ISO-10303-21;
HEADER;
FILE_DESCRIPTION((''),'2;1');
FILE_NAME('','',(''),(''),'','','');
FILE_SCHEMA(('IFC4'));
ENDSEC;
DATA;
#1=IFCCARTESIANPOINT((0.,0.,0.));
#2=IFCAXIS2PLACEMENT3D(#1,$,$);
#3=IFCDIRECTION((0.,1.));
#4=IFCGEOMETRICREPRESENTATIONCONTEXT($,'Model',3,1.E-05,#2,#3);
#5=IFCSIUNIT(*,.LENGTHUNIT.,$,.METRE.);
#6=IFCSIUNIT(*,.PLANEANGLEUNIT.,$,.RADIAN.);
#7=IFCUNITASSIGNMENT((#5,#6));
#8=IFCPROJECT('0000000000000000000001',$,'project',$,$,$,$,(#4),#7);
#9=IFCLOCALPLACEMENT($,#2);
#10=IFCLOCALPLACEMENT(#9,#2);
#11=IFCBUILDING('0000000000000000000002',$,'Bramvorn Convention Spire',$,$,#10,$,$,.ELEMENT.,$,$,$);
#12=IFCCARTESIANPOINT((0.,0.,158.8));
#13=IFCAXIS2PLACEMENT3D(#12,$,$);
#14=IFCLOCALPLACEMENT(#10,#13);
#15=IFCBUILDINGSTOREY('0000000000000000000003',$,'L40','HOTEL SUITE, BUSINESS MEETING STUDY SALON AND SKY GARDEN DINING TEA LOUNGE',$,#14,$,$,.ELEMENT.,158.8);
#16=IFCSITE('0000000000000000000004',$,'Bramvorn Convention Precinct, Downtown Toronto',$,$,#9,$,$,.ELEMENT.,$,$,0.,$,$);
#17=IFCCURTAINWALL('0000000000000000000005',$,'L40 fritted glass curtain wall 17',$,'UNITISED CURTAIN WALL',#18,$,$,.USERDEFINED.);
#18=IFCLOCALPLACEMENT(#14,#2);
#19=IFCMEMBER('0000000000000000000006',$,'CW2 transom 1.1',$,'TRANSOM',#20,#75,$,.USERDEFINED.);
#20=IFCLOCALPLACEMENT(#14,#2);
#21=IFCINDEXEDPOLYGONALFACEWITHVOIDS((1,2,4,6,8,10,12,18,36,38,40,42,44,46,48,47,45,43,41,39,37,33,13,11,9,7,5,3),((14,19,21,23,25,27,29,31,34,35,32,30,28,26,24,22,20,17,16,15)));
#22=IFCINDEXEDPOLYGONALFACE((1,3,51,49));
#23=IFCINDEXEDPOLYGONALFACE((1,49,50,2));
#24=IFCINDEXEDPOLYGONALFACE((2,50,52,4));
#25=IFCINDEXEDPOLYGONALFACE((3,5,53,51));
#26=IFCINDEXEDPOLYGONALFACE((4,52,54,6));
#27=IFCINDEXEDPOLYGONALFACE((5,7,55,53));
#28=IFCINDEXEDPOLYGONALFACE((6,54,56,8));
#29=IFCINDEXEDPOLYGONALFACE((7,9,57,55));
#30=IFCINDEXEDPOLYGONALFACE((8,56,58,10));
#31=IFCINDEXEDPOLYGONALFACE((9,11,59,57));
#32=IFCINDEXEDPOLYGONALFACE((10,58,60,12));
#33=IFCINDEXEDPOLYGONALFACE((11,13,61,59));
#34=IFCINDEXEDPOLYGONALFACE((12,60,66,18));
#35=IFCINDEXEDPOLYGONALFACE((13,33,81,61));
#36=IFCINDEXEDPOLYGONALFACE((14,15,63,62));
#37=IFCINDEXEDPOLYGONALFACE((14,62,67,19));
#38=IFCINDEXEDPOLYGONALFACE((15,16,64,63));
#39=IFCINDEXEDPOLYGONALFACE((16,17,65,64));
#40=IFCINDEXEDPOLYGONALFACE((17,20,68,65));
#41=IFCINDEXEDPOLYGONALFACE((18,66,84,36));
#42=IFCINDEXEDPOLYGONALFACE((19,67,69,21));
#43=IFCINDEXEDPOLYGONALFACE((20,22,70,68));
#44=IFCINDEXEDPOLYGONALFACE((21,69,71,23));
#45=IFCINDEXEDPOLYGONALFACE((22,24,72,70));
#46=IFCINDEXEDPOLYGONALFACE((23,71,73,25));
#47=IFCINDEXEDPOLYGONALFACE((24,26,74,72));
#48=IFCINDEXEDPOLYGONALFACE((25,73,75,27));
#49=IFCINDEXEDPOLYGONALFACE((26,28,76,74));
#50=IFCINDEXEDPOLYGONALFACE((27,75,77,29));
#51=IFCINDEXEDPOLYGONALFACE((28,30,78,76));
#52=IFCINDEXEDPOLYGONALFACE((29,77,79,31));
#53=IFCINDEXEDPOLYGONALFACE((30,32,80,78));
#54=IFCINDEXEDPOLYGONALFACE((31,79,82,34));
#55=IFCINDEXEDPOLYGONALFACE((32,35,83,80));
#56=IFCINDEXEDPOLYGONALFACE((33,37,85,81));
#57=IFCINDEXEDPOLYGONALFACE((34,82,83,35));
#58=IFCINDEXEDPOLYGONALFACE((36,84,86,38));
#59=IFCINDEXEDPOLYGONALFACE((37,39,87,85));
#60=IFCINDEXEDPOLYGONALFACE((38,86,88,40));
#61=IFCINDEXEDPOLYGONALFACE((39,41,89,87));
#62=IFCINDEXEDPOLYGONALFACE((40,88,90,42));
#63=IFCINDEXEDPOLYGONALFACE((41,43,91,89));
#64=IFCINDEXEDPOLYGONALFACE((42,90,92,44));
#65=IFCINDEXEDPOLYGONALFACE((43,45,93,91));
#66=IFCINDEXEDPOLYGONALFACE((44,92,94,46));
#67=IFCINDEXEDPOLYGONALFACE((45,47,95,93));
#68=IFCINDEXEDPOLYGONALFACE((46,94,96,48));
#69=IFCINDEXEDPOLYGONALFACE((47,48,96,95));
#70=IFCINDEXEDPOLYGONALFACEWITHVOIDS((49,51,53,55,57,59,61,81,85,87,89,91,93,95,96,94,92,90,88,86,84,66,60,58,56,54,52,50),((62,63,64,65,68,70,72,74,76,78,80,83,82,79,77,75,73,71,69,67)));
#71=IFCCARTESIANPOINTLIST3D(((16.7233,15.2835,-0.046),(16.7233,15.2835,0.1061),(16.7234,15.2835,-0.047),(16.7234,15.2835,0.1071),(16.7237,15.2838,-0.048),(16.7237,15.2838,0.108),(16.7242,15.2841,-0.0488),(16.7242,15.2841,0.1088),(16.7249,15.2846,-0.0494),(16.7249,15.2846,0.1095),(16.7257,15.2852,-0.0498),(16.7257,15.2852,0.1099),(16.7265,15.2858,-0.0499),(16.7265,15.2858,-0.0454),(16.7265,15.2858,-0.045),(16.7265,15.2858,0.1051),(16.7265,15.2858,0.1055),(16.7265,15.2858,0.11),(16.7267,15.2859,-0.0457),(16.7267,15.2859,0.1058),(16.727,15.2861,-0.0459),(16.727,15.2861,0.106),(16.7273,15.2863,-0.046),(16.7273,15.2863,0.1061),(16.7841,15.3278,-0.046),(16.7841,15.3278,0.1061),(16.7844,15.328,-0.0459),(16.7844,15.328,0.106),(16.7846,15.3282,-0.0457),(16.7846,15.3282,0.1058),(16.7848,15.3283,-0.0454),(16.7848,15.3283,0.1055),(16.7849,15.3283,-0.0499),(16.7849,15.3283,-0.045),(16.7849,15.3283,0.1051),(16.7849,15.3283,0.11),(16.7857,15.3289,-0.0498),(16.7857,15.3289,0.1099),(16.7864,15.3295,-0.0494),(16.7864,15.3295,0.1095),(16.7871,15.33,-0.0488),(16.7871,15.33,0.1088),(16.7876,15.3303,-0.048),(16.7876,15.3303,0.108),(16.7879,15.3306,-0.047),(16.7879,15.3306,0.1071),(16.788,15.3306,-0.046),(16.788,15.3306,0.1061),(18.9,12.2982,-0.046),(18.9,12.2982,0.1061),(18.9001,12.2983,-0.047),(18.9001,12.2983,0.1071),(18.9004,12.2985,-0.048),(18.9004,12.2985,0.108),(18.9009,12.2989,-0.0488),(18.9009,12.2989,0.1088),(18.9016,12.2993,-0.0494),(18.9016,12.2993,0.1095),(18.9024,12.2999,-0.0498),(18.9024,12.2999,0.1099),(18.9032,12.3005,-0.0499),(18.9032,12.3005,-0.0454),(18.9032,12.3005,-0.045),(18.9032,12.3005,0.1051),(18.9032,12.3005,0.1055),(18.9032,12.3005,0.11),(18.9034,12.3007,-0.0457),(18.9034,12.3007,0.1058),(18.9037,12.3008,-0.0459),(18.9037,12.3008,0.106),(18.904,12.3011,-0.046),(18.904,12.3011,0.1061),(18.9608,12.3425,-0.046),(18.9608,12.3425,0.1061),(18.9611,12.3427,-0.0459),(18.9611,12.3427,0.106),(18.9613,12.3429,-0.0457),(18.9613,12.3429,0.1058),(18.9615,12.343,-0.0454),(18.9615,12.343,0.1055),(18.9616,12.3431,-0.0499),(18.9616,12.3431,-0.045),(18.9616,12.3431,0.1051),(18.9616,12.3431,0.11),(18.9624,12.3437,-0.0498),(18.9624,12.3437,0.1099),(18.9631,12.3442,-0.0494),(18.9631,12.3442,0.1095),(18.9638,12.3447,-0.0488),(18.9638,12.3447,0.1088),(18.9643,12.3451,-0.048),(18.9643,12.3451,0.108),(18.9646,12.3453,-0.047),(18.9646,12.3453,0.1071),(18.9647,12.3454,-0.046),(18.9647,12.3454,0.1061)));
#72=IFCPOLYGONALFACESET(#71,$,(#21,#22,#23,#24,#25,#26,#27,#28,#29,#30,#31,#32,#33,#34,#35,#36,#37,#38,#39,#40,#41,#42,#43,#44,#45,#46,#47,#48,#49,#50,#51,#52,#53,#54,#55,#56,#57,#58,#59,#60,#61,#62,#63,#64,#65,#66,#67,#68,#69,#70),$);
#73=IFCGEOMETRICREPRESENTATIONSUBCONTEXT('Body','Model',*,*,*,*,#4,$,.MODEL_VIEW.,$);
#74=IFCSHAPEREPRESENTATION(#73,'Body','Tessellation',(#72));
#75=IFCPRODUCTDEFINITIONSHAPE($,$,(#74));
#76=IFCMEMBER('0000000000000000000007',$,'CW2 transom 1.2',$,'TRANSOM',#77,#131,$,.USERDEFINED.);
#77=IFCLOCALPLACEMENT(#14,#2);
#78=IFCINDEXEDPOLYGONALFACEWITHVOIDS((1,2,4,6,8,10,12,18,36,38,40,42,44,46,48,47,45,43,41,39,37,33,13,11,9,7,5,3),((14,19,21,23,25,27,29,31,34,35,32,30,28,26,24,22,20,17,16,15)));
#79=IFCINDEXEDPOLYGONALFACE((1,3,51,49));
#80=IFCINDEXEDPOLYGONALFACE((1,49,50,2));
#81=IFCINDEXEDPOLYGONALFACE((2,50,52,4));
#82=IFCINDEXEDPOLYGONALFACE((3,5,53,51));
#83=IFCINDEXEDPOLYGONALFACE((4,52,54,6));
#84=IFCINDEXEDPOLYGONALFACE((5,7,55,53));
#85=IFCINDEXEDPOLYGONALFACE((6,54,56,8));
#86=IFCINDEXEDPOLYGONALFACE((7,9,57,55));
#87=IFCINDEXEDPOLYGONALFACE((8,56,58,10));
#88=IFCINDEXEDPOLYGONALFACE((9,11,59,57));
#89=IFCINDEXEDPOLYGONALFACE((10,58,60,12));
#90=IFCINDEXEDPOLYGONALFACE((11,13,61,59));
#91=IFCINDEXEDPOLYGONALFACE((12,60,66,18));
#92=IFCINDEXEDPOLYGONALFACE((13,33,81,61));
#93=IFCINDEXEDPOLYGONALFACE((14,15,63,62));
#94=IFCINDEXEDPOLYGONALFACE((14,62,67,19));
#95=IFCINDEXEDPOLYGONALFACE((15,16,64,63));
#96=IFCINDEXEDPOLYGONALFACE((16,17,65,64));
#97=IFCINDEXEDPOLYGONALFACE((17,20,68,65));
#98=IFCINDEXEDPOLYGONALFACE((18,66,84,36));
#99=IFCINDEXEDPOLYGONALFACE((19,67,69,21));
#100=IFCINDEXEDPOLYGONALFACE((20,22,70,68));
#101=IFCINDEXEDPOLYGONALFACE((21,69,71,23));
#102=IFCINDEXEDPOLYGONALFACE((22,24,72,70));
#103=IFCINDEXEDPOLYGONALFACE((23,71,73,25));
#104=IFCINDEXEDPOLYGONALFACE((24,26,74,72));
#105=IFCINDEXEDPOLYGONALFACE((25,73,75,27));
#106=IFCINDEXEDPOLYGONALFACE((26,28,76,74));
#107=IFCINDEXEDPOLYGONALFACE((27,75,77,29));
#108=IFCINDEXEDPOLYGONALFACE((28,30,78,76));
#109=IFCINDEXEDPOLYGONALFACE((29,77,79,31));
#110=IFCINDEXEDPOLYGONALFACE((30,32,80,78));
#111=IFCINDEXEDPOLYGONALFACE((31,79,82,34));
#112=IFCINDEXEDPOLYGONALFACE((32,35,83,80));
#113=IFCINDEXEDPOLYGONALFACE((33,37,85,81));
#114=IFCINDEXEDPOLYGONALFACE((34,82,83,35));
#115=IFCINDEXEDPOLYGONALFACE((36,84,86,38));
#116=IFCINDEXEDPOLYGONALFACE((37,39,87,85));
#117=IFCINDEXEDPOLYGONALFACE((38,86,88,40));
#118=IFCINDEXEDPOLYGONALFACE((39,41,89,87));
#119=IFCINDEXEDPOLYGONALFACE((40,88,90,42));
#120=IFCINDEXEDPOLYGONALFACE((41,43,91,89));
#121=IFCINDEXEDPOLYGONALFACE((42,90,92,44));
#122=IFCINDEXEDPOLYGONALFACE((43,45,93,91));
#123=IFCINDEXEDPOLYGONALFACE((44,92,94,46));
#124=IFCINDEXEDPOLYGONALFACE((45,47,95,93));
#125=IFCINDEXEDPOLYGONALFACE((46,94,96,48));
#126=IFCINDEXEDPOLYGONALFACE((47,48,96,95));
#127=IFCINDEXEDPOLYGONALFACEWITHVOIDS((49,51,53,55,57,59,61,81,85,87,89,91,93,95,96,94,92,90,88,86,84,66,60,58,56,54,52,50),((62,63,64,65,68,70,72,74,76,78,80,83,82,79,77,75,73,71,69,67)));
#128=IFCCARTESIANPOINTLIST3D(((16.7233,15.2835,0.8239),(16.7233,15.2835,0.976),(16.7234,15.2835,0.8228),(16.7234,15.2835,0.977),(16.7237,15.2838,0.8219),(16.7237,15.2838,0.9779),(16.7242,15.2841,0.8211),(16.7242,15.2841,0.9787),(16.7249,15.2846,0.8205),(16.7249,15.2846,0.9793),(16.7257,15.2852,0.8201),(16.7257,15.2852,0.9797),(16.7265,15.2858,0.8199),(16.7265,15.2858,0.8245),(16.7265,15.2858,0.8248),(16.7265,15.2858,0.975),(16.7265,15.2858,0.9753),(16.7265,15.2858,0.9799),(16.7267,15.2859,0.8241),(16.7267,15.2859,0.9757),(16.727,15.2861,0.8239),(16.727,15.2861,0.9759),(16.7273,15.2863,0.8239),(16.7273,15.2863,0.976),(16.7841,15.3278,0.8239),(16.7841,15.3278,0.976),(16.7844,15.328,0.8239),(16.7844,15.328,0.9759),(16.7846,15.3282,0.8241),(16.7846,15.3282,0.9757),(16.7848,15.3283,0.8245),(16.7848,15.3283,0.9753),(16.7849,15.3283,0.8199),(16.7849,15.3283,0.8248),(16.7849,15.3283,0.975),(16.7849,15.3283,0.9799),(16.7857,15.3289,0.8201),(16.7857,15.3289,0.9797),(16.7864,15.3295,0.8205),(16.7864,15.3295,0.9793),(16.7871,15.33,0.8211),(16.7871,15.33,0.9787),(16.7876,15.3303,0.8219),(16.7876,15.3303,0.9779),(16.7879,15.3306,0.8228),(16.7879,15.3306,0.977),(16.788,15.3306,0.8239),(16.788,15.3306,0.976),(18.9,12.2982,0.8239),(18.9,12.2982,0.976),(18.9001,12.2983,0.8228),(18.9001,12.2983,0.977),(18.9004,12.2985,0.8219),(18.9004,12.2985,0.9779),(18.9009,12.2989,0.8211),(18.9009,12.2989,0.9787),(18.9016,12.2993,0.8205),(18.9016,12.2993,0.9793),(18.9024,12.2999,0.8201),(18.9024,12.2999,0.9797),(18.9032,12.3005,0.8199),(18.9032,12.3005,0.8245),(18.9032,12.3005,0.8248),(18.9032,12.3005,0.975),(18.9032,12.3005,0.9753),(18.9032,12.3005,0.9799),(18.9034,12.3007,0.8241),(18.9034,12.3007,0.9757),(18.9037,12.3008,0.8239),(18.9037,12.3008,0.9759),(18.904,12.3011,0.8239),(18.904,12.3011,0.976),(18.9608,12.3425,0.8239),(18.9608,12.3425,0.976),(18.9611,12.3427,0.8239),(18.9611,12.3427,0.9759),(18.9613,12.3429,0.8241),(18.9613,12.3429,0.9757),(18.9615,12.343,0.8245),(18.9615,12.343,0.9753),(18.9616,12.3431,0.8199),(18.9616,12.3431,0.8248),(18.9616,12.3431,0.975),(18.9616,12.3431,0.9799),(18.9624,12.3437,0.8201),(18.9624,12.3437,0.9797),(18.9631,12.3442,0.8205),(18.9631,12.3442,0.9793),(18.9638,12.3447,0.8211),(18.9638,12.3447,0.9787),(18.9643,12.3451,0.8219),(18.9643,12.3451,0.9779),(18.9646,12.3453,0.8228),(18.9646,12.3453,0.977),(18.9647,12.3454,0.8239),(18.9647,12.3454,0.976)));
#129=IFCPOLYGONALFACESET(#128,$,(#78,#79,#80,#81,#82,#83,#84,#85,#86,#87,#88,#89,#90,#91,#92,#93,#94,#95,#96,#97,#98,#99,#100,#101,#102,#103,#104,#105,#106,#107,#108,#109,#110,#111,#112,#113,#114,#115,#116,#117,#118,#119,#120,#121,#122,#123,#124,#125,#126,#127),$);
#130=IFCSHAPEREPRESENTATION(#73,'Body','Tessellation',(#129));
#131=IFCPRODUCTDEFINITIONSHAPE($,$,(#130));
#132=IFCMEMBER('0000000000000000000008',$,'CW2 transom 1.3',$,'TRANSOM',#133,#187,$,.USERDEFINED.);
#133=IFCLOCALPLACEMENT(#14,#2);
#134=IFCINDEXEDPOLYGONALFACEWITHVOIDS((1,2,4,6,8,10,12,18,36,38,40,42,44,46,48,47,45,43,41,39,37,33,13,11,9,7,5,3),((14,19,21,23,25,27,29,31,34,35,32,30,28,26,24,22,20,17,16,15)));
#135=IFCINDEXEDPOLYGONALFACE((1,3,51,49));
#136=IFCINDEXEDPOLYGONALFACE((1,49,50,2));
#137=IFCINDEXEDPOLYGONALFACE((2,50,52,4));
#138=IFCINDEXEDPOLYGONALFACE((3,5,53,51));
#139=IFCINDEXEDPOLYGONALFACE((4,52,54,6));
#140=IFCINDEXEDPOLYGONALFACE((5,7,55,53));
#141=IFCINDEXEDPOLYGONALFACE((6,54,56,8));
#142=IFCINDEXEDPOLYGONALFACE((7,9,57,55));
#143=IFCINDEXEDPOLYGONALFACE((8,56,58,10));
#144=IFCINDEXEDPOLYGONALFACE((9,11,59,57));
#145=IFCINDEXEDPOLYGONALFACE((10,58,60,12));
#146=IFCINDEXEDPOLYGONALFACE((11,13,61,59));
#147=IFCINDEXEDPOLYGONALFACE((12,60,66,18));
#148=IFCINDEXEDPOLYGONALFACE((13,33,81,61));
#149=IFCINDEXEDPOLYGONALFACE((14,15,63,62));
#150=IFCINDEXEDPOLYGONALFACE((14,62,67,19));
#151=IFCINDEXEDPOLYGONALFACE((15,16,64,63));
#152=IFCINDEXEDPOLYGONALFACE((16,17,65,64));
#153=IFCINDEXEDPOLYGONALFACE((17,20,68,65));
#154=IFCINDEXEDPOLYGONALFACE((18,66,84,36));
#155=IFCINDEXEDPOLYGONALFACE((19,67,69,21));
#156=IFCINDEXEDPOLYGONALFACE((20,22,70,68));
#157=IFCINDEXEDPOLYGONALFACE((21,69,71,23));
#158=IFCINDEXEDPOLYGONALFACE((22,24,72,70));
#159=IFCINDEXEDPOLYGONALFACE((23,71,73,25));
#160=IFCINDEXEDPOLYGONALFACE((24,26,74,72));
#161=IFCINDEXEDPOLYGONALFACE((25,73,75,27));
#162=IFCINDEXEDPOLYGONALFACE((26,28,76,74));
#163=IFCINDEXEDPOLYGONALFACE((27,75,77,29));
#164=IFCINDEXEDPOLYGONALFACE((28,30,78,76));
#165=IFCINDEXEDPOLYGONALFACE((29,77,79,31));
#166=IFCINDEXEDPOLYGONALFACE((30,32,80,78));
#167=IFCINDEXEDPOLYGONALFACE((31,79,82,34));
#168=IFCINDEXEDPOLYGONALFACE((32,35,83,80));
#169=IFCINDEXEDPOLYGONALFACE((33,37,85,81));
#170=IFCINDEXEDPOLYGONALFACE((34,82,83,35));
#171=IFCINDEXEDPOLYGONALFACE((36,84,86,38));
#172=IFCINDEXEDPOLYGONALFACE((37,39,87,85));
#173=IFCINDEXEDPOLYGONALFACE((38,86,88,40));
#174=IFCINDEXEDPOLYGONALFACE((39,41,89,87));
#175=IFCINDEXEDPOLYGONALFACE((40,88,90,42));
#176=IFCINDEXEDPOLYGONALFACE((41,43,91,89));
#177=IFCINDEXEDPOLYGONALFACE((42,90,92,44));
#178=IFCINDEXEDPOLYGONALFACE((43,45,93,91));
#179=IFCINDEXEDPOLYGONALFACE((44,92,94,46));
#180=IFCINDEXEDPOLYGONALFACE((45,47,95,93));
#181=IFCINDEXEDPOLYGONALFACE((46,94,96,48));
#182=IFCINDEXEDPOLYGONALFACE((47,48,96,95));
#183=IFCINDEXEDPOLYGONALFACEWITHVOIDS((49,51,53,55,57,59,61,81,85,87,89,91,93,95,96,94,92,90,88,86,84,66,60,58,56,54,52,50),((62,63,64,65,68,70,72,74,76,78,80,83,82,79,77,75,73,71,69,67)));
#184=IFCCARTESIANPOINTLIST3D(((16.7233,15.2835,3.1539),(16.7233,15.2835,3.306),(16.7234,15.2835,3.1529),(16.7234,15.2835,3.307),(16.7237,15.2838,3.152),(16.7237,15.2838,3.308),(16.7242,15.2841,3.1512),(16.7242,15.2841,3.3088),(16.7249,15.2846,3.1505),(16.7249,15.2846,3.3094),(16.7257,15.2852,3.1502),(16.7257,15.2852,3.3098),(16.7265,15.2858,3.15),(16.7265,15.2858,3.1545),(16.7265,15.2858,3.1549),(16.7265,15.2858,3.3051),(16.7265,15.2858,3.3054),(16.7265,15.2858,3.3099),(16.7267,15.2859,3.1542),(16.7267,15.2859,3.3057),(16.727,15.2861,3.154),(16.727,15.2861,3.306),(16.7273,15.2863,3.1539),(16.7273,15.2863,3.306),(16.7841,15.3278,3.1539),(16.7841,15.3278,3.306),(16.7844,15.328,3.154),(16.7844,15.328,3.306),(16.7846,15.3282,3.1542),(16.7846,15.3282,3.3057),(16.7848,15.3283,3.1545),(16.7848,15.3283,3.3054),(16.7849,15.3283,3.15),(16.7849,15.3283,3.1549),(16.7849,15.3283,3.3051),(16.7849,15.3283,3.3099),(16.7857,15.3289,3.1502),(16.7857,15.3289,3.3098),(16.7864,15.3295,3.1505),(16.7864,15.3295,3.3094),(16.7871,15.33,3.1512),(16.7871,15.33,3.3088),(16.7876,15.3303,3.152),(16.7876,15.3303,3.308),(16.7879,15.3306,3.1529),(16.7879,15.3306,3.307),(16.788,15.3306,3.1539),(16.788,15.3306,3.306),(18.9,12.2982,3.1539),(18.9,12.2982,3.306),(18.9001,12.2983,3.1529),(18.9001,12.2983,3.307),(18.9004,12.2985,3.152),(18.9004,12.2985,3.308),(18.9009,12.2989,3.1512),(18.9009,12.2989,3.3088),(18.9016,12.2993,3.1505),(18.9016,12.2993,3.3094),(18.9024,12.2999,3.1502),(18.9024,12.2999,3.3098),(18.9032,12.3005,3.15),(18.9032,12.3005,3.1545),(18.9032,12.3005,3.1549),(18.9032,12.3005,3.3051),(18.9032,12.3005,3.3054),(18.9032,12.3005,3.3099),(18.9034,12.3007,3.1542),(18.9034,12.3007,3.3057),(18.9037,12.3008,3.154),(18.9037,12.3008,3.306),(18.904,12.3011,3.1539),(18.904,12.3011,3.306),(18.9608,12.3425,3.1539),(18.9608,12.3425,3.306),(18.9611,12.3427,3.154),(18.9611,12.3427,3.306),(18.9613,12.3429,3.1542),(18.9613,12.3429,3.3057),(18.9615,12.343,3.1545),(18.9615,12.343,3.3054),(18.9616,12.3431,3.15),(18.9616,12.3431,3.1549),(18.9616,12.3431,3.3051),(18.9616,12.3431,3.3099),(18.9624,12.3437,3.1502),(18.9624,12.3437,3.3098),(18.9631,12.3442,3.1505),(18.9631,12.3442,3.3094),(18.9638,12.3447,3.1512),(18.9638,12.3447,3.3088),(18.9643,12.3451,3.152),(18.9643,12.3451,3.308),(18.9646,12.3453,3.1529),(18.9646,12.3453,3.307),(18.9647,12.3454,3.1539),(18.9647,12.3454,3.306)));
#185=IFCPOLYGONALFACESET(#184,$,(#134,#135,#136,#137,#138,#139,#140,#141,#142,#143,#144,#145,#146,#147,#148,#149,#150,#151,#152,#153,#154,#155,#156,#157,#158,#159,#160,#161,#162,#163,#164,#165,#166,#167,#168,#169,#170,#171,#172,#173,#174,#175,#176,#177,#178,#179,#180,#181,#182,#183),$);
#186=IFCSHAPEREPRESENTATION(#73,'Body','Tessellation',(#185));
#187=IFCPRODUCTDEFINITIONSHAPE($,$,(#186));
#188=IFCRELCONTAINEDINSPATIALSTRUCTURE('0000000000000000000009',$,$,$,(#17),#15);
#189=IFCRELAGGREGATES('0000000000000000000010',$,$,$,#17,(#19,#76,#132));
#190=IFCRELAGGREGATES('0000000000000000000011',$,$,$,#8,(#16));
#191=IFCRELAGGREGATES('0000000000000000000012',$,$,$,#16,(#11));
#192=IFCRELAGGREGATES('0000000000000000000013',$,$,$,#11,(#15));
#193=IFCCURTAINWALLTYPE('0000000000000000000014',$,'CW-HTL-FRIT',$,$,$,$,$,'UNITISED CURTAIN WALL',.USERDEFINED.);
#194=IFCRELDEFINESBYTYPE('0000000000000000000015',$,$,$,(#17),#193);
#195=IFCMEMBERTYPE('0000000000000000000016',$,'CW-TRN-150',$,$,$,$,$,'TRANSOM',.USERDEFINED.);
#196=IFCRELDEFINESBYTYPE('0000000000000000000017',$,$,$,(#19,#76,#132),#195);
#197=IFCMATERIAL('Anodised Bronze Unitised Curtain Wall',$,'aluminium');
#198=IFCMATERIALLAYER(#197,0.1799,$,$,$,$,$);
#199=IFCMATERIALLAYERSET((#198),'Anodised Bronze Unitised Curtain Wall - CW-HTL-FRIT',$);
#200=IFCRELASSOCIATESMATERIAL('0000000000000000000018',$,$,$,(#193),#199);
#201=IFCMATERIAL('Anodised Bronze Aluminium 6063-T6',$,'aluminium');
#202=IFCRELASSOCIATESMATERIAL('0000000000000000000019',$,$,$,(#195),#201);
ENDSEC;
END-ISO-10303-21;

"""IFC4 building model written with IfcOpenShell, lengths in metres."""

from ifc_helpers import new_model, si_unit, direction, frame, origin, origin_2d, place, context, subcontext, project, spatial, hollow_rectangle, extrude, material, layer, layer_set, material_profile, profile_set, type_object, element, aggregate, save


model = new_model("IFC4")

# Units and contexts
model_context = context("Model", 3, precision=1e-05, world=origin(), true_north=direction((0.0, 1.0)))
body_context = subcontext(model_context, "Body", "Model", "MODEL_VIEW")
ifc_project = project(units=[si_unit("LENGTHUNIT", "METRE"), si_unit("PLANEANGLEUNIT", "RADIAN")], contexts=[model_context])

# Site, building, storey
site_placement = place(None, origin())
site = spatial("IfcSite", under=ifc_project, at=site_placement, Name="Bramvorn Convention Precinct, Downtown Toronto", CompositionType="ELEMENT", RefElevation=0.0)
building_placement = place(site_placement, origin())
building = spatial("IfcBuilding", under=site, at=building_placement, Name="Bramvorn Convention Spire", CompositionType="ELEMENT")
storey_placement = place(building_placement, frame((0.0, 0.0, 158.8)))
storey = spatial("IfcBuildingStorey", under=building, at=storey_placement, Name="L40", Description="HOTEL SUITE, BUSINESS MEETING STUDY SALON AND SKY GARDEN DINING TEA LOUNGE", CompositionType="ELEMENT", Elevation=158.8)

# Curtain wall
ifc_material_1 = material(Name="Anodised Bronze Unitised Curtain Wall", Category="aluminium")
ifc_layer_1 = layer(ifc_material_1, 0.1799)
ifc_layer_set_1 = layer_set([ifc_layer_1], Name="Anodised Bronze Unitised Curtain Wall - CW-HTL-FRIT")
curtain_wall_type = type_object("IfcCurtainWallType", Name="CW-HTL-FRIT", ElementType="UNITISED CURTAIN WALL", PredefinedType="USERDEFINED", material=ifc_layer_set_1)
ifc_material_2 = material(Name="Anodised Bronze Aluminium 6063-T6", Category="aluminium")
curtain_wall_1_placement = place(storey_placement, origin())
curtain_wall_1 = element("IfcCurtainWall", 1, at=curtain_wall_1_placement, inside=storey, type_object=curtain_wall_type, Name="L40 fritted glass curtain wall 17", ObjectType="UNITISED CURTAIN WALL", PredefinedType="USERDEFINED")

# Members
ifc_material_profile_1 = material_profile(ifc_material_2, hollow_rectangle(XDim=0.0801, YDim=0.1599, WallThickness=0.0039, InnerFilletRadius=0.001, OuterFilletRadius=0.0039, at=origin_2d()))
ifc_profile_set_1 = profile_set([ifc_material_profile_1], Name="Anodised Bronze Aluminium 6063-T6 - CWT80X160")
member_type_1 = type_object("IfcMemberType", Name="CW-TRN-150", ElementType="TRANSOM", PredefinedType="USERDEFINED", material=ifc_profile_set_1)
member_1_placement = place(storey_placement, frame((18.9324, 12.3218, 0.03), z_axis=(-0.589161, 0.808015, 0.0), x_axis=(-0.808015, -0.589161, 0.0)))
member_1 = element("IfcMember", 2, at=member_1_placement, type_object=member_type_1, Name="CW2 transom 1.1", ObjectType="TRANSOM", PredefinedType="USERDEFINED", context=body_context, shape_type="SweptSolid", body=[
    extrude(hollow_rectangle(XDim=0.0801, YDim=0.1599, WallThickness=0.0039, InnerFilletRadius=0.001, OuterFilletRadius=0.0039, at=origin_2d()), origin(), (0.0, 0.0, 1.0), 3.6946),
])
member_2_placement = place(storey_placement, frame((18.9324, 12.3218, 0.8999), z_axis=(-0.589161, 0.808015, 0.0), x_axis=(-0.808015, -0.589161, 0.0)))
member_2 = element("IfcMember", 3, at=member_2_placement, type_object=member_type_1, Name="CW2 transom 1.2", ObjectType="TRANSOM", PredefinedType="USERDEFINED", context=body_context, shape_type="SweptSolid", body=[
    extrude(hollow_rectangle(XDim=0.0801, YDim=0.1599, WallThickness=0.0039, InnerFilletRadius=0.001, OuterFilletRadius=0.0039, at=origin_2d()), origin(), (0.0, 0.0, 1.0), 3.6946),
])
member_3_placement = place(storey_placement, frame((18.9324, 12.3218, 3.23), z_axis=(-0.589161, 0.808015, 0.0), x_axis=(-0.808015, -0.589161, 0.0)))
member_3 = element("IfcMember", 4, at=member_3_placement, type_object=member_type_1, Name="CW2 transom 1.3", ObjectType="TRANSOM", PredefinedType="USERDEFINED", context=body_context, shape_type="SweptSolid", body=[
    extrude(hollow_rectangle(XDim=0.0801, YDim=0.1599, WallThickness=0.0039, InnerFilletRadius=0.001, OuterFilletRadius=0.0039, at=origin_2d()), origin(), (0.0, 0.0, 1.0), 3.6946),
])

aggregate(curtain_wall_1, [member_1, member_2, member_3])

save(model, "model.ifc")
